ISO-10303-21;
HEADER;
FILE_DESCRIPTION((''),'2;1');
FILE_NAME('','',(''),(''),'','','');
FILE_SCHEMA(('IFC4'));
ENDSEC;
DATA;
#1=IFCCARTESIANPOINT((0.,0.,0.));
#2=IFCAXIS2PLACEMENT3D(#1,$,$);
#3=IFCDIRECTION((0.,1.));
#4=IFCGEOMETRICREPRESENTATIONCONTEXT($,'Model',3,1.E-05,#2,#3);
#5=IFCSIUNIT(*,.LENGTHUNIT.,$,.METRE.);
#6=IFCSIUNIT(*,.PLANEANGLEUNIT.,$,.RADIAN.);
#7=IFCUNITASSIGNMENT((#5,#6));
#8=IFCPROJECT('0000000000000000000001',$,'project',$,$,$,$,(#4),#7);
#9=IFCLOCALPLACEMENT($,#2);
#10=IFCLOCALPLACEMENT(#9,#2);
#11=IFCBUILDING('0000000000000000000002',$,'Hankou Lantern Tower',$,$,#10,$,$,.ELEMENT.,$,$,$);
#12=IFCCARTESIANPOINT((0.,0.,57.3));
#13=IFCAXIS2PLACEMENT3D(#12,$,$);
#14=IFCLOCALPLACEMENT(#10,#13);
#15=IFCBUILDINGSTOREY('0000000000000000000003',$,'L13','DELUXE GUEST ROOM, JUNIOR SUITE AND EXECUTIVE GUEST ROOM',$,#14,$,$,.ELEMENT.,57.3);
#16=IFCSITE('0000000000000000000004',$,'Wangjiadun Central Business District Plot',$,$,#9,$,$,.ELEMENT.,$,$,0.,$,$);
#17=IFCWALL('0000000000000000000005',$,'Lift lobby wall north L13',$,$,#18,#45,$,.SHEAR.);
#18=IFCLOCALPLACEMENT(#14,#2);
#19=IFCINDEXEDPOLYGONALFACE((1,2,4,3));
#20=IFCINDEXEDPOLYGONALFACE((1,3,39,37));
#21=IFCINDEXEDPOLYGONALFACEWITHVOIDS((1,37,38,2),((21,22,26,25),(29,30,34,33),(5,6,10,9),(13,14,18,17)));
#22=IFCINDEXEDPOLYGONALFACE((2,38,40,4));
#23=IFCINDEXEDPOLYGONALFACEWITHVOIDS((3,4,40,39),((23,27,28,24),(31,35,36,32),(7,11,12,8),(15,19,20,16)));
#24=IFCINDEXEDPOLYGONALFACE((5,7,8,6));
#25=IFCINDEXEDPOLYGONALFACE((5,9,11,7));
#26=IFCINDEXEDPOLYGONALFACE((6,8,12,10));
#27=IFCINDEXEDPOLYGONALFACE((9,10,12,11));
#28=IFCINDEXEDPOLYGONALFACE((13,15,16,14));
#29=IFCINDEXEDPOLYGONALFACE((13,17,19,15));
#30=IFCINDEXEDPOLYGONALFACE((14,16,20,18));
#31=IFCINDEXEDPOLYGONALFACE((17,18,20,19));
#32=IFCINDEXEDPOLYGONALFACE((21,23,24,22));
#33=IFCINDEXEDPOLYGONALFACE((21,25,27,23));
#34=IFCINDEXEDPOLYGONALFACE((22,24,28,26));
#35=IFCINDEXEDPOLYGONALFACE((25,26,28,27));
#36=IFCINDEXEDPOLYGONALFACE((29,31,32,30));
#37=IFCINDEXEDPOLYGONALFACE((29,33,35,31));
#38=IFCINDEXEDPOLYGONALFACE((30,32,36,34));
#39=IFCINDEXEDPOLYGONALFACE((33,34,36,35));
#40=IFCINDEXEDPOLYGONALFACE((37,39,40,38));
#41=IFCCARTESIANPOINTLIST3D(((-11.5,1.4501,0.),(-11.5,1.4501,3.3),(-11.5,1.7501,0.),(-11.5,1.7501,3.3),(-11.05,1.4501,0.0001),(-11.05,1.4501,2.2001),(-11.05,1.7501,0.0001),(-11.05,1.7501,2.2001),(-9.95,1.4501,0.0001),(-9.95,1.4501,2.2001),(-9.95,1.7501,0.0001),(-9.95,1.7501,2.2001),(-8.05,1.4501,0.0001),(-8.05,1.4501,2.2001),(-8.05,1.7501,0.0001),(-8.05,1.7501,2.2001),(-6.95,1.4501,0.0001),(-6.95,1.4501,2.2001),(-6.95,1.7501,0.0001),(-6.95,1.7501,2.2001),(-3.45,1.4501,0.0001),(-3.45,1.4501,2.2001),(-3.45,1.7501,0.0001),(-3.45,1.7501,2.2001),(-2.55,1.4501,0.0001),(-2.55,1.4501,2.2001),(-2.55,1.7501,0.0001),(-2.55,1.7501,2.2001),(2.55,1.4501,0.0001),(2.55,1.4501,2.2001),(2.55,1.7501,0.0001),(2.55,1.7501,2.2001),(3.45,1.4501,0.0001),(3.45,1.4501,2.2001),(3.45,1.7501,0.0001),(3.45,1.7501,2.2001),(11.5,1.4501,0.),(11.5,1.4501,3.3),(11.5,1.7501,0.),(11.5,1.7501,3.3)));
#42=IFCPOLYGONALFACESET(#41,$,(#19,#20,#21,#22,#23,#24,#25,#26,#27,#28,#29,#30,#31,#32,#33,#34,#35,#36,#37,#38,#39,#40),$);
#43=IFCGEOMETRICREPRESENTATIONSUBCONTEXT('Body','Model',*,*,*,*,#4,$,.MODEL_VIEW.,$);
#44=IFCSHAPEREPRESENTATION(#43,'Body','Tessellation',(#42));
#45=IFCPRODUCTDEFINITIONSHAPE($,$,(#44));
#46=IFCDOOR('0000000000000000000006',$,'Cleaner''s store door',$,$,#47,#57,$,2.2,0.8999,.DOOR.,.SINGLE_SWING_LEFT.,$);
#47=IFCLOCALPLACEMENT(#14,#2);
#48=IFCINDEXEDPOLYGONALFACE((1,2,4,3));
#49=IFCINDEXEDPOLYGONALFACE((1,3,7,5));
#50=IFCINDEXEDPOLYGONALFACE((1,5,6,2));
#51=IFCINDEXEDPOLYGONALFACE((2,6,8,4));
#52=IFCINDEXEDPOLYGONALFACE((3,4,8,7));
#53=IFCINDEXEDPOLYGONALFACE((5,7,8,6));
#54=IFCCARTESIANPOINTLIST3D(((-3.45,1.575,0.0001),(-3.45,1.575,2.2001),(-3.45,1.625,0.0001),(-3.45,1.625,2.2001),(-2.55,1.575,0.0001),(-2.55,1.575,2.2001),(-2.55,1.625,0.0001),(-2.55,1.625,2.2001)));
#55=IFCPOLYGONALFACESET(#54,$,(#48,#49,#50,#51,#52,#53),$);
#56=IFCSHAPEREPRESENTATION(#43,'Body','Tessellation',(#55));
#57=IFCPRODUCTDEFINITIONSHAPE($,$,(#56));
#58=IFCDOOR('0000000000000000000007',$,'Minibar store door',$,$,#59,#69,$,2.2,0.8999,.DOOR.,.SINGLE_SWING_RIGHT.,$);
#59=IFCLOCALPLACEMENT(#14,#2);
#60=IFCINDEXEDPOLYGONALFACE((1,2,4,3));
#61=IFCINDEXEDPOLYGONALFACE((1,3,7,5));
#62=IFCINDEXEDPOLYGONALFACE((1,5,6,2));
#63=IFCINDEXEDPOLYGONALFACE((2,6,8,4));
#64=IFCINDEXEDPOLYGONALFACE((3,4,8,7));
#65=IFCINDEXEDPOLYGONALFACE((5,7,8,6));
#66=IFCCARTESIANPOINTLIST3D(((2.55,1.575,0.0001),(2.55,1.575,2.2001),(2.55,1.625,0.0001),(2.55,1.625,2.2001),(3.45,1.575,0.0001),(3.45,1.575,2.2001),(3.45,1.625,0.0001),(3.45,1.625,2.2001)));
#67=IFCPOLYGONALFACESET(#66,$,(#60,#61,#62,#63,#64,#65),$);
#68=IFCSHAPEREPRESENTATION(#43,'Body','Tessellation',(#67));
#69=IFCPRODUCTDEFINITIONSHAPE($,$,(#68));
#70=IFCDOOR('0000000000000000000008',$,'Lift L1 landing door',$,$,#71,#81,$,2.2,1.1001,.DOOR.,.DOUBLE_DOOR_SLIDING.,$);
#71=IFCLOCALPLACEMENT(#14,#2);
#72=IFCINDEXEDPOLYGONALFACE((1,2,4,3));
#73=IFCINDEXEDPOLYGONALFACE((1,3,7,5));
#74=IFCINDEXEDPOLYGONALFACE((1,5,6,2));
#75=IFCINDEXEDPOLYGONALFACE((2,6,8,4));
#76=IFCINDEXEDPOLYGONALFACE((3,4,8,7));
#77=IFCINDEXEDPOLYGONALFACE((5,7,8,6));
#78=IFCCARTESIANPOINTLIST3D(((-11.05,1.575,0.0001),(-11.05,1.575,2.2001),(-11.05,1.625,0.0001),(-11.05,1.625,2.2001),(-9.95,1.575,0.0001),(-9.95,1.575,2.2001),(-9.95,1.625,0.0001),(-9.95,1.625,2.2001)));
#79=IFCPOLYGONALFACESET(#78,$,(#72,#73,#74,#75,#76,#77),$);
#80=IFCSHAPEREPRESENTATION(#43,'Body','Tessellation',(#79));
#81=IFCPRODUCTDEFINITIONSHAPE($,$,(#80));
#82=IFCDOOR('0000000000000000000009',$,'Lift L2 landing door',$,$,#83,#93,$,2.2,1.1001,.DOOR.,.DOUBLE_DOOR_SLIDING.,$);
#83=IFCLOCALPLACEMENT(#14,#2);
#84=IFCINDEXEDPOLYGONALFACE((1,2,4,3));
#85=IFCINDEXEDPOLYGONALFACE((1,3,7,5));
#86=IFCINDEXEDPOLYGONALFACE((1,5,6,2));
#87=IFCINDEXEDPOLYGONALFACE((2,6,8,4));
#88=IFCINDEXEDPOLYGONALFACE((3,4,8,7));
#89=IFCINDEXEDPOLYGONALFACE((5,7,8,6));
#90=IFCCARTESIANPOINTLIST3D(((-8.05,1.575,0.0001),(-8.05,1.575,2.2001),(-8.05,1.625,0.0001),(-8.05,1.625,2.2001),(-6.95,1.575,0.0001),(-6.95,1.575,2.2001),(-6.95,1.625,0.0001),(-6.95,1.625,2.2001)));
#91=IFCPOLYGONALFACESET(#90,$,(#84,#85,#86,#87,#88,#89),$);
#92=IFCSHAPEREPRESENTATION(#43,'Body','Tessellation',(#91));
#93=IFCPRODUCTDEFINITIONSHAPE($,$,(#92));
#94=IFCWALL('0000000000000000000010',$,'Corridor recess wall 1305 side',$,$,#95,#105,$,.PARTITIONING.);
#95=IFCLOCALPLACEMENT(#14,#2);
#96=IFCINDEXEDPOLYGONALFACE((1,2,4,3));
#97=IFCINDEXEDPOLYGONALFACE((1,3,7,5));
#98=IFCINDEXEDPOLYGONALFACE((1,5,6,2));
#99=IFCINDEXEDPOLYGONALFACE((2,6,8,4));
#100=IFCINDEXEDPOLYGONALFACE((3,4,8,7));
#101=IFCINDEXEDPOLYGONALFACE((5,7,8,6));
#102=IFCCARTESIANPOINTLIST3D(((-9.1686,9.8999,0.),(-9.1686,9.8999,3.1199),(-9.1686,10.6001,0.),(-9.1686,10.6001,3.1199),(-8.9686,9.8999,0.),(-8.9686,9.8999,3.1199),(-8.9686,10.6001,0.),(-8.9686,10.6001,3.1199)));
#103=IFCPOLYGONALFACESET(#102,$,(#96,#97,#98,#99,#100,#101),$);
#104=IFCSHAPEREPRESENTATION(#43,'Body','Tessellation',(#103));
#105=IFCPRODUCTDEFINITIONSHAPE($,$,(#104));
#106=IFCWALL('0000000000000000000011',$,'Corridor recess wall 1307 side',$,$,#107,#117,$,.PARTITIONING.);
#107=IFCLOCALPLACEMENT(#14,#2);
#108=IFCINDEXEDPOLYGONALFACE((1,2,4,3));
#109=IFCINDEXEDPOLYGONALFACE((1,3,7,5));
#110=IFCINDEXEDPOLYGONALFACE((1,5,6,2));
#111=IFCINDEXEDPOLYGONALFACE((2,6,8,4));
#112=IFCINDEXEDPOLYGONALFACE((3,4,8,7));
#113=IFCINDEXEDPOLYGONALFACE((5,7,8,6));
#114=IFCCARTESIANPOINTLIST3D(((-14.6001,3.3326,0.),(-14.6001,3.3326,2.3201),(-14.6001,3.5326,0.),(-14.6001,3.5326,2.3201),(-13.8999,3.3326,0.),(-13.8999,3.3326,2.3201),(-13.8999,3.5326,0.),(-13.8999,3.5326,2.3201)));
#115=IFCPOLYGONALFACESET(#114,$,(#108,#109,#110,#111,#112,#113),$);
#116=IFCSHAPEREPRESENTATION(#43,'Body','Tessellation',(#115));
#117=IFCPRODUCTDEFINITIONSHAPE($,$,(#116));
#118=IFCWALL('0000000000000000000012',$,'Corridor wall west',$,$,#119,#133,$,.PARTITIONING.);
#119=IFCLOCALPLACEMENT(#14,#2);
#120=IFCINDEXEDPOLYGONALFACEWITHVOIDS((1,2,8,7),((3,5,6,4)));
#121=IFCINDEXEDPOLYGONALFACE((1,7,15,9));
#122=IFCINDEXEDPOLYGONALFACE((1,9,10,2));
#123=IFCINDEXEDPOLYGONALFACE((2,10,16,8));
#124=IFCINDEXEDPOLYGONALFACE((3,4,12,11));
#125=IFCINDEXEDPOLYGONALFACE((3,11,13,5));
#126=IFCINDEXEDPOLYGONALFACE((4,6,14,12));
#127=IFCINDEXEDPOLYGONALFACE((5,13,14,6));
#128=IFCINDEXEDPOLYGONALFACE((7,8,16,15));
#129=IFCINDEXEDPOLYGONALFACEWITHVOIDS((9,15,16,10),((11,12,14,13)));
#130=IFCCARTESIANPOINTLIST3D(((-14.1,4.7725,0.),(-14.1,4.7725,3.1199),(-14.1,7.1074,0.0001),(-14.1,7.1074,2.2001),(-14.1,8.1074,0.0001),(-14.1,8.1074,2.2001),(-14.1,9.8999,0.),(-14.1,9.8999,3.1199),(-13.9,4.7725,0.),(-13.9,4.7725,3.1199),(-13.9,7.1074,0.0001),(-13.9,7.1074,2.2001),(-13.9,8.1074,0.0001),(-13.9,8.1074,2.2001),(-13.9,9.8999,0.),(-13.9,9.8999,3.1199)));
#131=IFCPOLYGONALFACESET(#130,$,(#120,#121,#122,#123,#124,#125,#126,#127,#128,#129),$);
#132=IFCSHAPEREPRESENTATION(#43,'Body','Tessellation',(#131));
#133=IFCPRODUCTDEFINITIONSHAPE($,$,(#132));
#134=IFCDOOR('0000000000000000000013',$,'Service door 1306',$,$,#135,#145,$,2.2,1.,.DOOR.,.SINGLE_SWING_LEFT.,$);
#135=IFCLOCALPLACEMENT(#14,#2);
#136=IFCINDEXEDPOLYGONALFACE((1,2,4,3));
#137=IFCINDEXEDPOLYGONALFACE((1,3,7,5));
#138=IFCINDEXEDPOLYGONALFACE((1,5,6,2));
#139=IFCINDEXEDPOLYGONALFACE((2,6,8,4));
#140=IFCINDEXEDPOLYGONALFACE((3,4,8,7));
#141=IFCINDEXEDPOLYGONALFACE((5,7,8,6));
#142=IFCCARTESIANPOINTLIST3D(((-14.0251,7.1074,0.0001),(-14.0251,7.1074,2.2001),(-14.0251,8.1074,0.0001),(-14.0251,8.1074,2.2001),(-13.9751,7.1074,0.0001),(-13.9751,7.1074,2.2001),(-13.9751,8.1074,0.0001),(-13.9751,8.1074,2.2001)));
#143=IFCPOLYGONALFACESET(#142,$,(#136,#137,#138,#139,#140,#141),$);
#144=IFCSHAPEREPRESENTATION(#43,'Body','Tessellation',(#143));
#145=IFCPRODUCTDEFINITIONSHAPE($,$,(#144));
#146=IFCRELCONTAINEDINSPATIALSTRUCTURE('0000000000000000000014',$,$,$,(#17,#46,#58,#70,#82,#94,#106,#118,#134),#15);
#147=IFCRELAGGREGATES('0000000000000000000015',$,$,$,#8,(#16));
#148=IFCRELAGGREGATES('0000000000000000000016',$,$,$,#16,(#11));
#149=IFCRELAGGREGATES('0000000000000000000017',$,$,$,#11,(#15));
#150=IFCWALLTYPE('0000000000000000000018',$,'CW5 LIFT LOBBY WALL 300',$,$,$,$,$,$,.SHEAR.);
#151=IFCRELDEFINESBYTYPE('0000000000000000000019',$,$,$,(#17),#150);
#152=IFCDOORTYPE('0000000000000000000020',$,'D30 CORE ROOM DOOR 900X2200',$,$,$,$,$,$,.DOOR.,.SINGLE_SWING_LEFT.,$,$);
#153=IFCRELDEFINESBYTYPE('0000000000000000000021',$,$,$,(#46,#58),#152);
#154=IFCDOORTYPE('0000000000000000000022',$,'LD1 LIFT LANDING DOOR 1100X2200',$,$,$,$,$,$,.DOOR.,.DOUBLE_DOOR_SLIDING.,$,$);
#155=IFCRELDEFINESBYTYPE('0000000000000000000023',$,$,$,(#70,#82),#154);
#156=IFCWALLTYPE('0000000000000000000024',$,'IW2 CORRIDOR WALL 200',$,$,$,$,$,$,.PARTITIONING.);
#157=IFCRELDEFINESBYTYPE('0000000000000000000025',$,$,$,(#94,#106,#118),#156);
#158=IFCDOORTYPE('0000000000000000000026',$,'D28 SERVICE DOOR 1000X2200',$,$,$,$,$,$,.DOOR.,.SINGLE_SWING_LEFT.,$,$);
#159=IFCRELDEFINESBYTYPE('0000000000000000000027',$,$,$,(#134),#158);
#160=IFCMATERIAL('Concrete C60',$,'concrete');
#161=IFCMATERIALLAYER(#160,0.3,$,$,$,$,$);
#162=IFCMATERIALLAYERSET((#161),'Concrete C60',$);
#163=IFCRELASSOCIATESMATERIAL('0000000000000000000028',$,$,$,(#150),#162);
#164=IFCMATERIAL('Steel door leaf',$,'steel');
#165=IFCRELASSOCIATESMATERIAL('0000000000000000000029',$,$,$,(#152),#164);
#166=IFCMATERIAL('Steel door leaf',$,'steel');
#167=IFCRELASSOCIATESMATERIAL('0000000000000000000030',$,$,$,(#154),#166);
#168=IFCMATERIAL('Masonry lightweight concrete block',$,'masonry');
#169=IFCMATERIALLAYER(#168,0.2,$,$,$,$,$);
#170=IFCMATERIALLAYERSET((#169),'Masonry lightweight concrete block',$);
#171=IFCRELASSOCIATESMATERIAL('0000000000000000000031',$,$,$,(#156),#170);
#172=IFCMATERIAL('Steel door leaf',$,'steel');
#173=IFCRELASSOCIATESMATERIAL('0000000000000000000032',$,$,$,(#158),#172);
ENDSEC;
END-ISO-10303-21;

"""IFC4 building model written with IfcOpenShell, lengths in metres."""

from ifc_helpers import new_model, si_unit, direction, frame, frame_2d, origin, place, context, subcontext, project, spatial, rectangle, extrude, material, layer, layer_set, type_object, element, fill, save


model = new_model("IFC4")

# Units and contexts
model_context = context("Model", 3, precision=1e-05, world=origin(), true_north=direction((0.0, 1.0)))
body_context = subcontext(model_context, "Body", "Model", "MODEL_VIEW")
ifc_project = project(units=[si_unit("LENGTHUNIT", "METRE"), si_unit("PLANEANGLEUNIT", "RADIAN")], contexts=[model_context])

# Site, building, storey
site_placement = place(None, origin())
site = spatial("IfcSite", under=ifc_project, at=site_placement, Name="Wangjiadun Central Business District Plot", CompositionType="ELEMENT", RefElevation=0.0)
building_placement = place(site_placement, origin())
building = spatial("IfcBuilding", under=site, at=building_placement, Name="Hankou Lantern Tower", CompositionType="ELEMENT")
storey_placement = place(building_placement, frame((0.0, 0.0, 57.3)))
storey = spatial("IfcBuildingStorey", under=building, at=storey_placement, Name="L13", Description="DELUXE GUEST ROOM, JUNIOR SUITE AND EXECUTIVE GUEST ROOM", CompositionType="ELEMENT", Elevation=57.3)

# Wall, openings, doors
ifc_material_1 = material(Name="Concrete C60", Category="concrete")
ifc_layer_1 = layer(ifc_material_1, 0.3)
ifc_layer_set_1 = layer_set([ifc_layer_1], Name="Concrete C60")
wall_type_1 = type_object("IfcWallType", Name="CW5 LIFT LOBBY WALL 300", PredefinedType="SHEAR", material=ifc_layer_set_1)
wall_1_placement = place(storey_placement, frame((-11.5, 1.6001, 0.0), z_axis=(0.0, 0.0, 1.0), x_axis=(1.0, 0.0, 0.0)))
wall_1 = element("IfcWall", 1, at=wall_1_placement, inside=storey, type_object=wall_type_1, Name="Lift lobby wall north L13", PredefinedType="SHEAR", context=body_context, shape_type="SweptSolid", body=[
    extrude(rectangle(XDim=23.0, YDim=0.3, at=frame_2d((11.5, 0.0))), origin(), (0.0, 0.0, 1.0), 3.3),
])
opening_1_placement = place(wall_1_placement, frame((0.45, 0.0, 0.0)))
opening_1 = element("IfcOpeningElement", 2, at=opening_1_placement, cuts=wall_1, PredefinedType="OPENING", context=body_context, shape_type="SweptSolid", body=[
    extrude(rectangle(XDim=1.1001, YDim=2.2, at=frame_2d((0.55, 1.1001))), frame((0.0, 0.1599, 0.0), z_axis=(0.0, -1.0, 0.0), x_axis=(1.0, 0.0, 0.0)), (0.0, 0.0, 1.0), 0.3201),
])
opening_2_placement = place(wall_1_placement, frame((3.45, 0.0, 0.0)))
opening_2 = element("IfcOpeningElement", 3, at=opening_2_placement, cuts=wall_1, PredefinedType="OPENING", context=body_context, shape_type="SweptSolid", body=[
    extrude(rectangle(XDim=1.1001, YDim=2.2, at=frame_2d((0.55, 1.1001))), frame((0.0, 0.1599, 0.0), z_axis=(0.0, -1.0, 0.0), x_axis=(1.0, 0.0, 0.0)), (0.0, 0.0, 1.0), 0.3201),
])
opening_3_placement = place(wall_1_placement, frame((8.05, 0.0, 0.0)))
opening_3 = element("IfcOpeningElement", 4, at=opening_3_placement, cuts=wall_1, PredefinedType="OPENING", context=body_context, shape_type="SweptSolid", body=[
    extrude(rectangle(XDim=0.8999, YDim=2.2, at=frame_2d((0.45, 1.1001))), frame((0.0, 0.1599, 0.0), z_axis=(0.0, -1.0, 0.0), x_axis=(1.0, 0.0, 0.0)), (0.0, 0.0, 1.0), 0.3201),
])
opening_4_placement = place(wall_1_placement, frame((14.05, 0.0, 0.0)))
opening_4 = element("IfcOpeningElement", 5, at=opening_4_placement, cuts=wall_1, PredefinedType="OPENING", context=body_context, shape_type="SweptSolid", body=[
    extrude(rectangle(XDim=0.8999, YDim=2.2, at=frame_2d((0.45, 1.1001))), frame((0.0, 0.1599, 0.0), z_axis=(0.0, -1.0, 0.0), x_axis=(1.0, 0.0, 0.0)), (0.0, 0.0, 1.0), 0.3201),
])
ifc_material_2 = material(Name="Steel door leaf", Category="steel")
door_type_1 = type_object("IfcDoorType", Name="D30 CORE ROOM DOOR 900X2200", OperationType="SINGLE_SWING_LEFT", PredefinedType="DOOR", material=ifc_material_2)
door_1_placement = place(opening_3_placement, origin())
door_1 = element("IfcDoor", 6, at=door_1_placement, inside=storey, type_object=door_type_1, Name="Cleaner's store door", OperationType="SINGLE_SWING_LEFT", OverallHeight=2.2, OverallWidth=0.8999, PredefinedType="DOOR", context=body_context, shape_type="SweptSolid", body=[
    extrude(rectangle(XDim=0.8999, YDim=2.2, at=frame_2d((0.45, 1.1001))), frame((0.0, 0.0249, 0.0), z_axis=(0.0, -1.0, 0.0), x_axis=(1.0, 0.0, 0.0)), (0.0, 0.0, 1.0), 0.05),
])
fill(opening_3, door_1)
door_2_placement = place(opening_4_placement, origin())
door_2 = element("IfcDoor", 7, at=door_2_placement, inside=storey, type_object=door_type_1, Name="Minibar store door", OperationType="SINGLE_SWING_RIGHT", OverallHeight=2.2, OverallWidth=0.8999, PredefinedType="DOOR", context=body_context, shape_type="SweptSolid", body=[
    extrude(rectangle(XDim=0.8999, YDim=2.2, at=frame_2d((0.45, 1.1001))), frame((0.0, 0.0249, 0.0), z_axis=(0.0, -1.0, 0.0), x_axis=(1.0, 0.0, 0.0)), (0.0, 0.0, 1.0), 0.05),
])
fill(opening_4, door_2)
ifc_material_3 = material(Name="Steel door leaf", Category="steel")
door_type_2 = type_object("IfcDoorType", Name="LD1 LIFT LANDING DOOR 1100X2200", OperationType="DOUBLE_DOOR_SLIDING", PredefinedType="DOOR", material=ifc_material_3)
door_3_placement = place(opening_1_placement, origin())
door_3 = element("IfcDoor", 8, at=door_3_placement, inside=storey, type_object=door_type_2, Name="Lift L1 landing door", OperationType="DOUBLE_DOOR_SLIDING", OverallHeight=2.2, OverallWidth=1.1001, PredefinedType="DOOR", context=body_context, shape_type="SweptSolid", body=[
    extrude(rectangle(XDim=1.1001, YDim=2.2, at=frame_2d((0.55, 1.1001))), frame((0.0, 0.0249, 0.0), z_axis=(0.0, -1.0, 0.0), x_axis=(1.0, 0.0, 0.0)), (0.0, 0.0, 1.0), 0.05),
])
fill(opening_1, door_3)
door_4_placement = place(opening_2_placement, origin())
door_4 = element("IfcDoor", 9, at=door_4_placement, inside=storey, type_object=door_type_2, Name="Lift L2 landing door", OperationType="DOUBLE_DOOR_SLIDING", OverallHeight=2.2, OverallWidth=1.1001, PredefinedType="DOOR", context=body_context, shape_type="SweptSolid", body=[
    extrude(rectangle(XDim=1.1001, YDim=2.2, at=frame_2d((0.55, 1.1001))), frame((0.0, 0.0249, 0.0), z_axis=(0.0, -1.0, 0.0), x_axis=(1.0, 0.0, 0.0)), (0.0, 0.0, 1.0), 0.05),
])
fill(opening_2, door_4)

# Walls
ifc_material_4 = material(Name="Masonry lightweight concrete block", Category="masonry")
ifc_layer_2 = layer(ifc_material_4, 0.2)
ifc_layer_set_2 = layer_set([ifc_layer_2], Name="Masonry lightweight concrete block")
wall_type_2 = type_object("IfcWallType", Name="IW2 CORRIDOR WALL 200", PredefinedType="PARTITIONING", material=ifc_layer_set_2)
wall_2_placement = place(storey_placement, frame((-9.0686, 9.8999, 0.0), z_axis=(0.0, 0.0, 1.0), x_axis=(0.0, 1.0, 0.0)))
element("IfcWall", 10, at=wall_2_placement, inside=storey, type_object=wall_type_2, Name="Corridor recess wall 1305 side", PredefinedType="PARTITIONING", context=body_context, shape_type="SweptSolid", body=[
    extrude(rectangle(XDim=0.7002, YDim=0.2, at=frame_2d((0.3501, 0.0))), origin(), (0.0, 0.0, 1.0), 3.1199),
])
wall_3_placement = place(storey_placement, frame((-13.8999, 3.4326, 0.0), z_axis=(0.0, 0.0, 1.0), x_axis=(-1.0, 0.0, 0.0)))
element("IfcWall", 11, at=wall_3_placement, inside=storey, type_object=wall_type_2, Name="Corridor recess wall 1307 side", PredefinedType="PARTITIONING", context=body_context, shape_type="SweptSolid", body=[
    extrude(rectangle(XDim=0.7002, YDim=0.2, at=frame_2d((0.3501, 0.0))), origin(), (0.0, 0.0, 1.0), 2.3201),
])

# Wall, opening, door
wall_4_placement = place(storey_placement, frame((-14.0, 9.8999, 0.0), z_axis=(0.0, 0.0, 1.0), x_axis=(0.0, -1.0, 0.0)))
wall_4 = element("IfcWall", 12, at=wall_4_placement, inside=storey, type_object=wall_type_2, Name="Corridor wall west", PredefinedType="PARTITIONING", context=body_context, shape_type="SweptSolid", body=[
    extrude(rectangle(XDim=5.1274, YDim=0.2, at=frame_2d((2.5637, 0.0))), origin(), (0.0, 0.0, 1.0), 3.1199),
])
opening_5_placement = place(wall_4_placement, frame((1.7925, 0.0, 0.0)))
opening_5 = element("IfcOpeningElement", 13, at=opening_5_placement, cuts=wall_4, PredefinedType="OPENING", context=body_context, shape_type="SweptSolid", body=[
    extrude(rectangle(XDim=1.0, YDim=2.2, at=frame_2d((0.5, 1.1001))), frame((0.0, 0.1099, 0.0), z_axis=(0.0, -1.0, 0.0), x_axis=(1.0, 0.0, 0.0)), (0.0, 0.0, 1.0), 0.22),
])
ifc_material_5 = material(Name="Steel door leaf", Category="steel")
door_type_3 = type_object("IfcDoorType", Name="D28 SERVICE DOOR 1000X2200", OperationType="SINGLE_SWING_LEFT", PredefinedType="DOOR", material=ifc_material_5)
door_5_placement = place(opening_5_placement, origin())
door_5 = element("IfcDoor", 14, at=door_5_placement, inside=storey, type_object=door_type_3, Name="Service door 1306", OperationType="SINGLE_SWING_LEFT", OverallHeight=2.2, OverallWidth=1.0, PredefinedType="DOOR", context=body_context, shape_type="SweptSolid", body=[
    extrude(rectangle(XDim=1.0, YDim=2.2, at=frame_2d((0.5, 1.1001))), frame((0.0, 0.0249, 0.0), z_axis=(0.0, -1.0, 0.0), x_axis=(1.0, 0.0, 0.0)), (0.0, 0.0, 1.0), 0.05),
])
fill(opening_5, door_5)

save(model, "model.ifc")
